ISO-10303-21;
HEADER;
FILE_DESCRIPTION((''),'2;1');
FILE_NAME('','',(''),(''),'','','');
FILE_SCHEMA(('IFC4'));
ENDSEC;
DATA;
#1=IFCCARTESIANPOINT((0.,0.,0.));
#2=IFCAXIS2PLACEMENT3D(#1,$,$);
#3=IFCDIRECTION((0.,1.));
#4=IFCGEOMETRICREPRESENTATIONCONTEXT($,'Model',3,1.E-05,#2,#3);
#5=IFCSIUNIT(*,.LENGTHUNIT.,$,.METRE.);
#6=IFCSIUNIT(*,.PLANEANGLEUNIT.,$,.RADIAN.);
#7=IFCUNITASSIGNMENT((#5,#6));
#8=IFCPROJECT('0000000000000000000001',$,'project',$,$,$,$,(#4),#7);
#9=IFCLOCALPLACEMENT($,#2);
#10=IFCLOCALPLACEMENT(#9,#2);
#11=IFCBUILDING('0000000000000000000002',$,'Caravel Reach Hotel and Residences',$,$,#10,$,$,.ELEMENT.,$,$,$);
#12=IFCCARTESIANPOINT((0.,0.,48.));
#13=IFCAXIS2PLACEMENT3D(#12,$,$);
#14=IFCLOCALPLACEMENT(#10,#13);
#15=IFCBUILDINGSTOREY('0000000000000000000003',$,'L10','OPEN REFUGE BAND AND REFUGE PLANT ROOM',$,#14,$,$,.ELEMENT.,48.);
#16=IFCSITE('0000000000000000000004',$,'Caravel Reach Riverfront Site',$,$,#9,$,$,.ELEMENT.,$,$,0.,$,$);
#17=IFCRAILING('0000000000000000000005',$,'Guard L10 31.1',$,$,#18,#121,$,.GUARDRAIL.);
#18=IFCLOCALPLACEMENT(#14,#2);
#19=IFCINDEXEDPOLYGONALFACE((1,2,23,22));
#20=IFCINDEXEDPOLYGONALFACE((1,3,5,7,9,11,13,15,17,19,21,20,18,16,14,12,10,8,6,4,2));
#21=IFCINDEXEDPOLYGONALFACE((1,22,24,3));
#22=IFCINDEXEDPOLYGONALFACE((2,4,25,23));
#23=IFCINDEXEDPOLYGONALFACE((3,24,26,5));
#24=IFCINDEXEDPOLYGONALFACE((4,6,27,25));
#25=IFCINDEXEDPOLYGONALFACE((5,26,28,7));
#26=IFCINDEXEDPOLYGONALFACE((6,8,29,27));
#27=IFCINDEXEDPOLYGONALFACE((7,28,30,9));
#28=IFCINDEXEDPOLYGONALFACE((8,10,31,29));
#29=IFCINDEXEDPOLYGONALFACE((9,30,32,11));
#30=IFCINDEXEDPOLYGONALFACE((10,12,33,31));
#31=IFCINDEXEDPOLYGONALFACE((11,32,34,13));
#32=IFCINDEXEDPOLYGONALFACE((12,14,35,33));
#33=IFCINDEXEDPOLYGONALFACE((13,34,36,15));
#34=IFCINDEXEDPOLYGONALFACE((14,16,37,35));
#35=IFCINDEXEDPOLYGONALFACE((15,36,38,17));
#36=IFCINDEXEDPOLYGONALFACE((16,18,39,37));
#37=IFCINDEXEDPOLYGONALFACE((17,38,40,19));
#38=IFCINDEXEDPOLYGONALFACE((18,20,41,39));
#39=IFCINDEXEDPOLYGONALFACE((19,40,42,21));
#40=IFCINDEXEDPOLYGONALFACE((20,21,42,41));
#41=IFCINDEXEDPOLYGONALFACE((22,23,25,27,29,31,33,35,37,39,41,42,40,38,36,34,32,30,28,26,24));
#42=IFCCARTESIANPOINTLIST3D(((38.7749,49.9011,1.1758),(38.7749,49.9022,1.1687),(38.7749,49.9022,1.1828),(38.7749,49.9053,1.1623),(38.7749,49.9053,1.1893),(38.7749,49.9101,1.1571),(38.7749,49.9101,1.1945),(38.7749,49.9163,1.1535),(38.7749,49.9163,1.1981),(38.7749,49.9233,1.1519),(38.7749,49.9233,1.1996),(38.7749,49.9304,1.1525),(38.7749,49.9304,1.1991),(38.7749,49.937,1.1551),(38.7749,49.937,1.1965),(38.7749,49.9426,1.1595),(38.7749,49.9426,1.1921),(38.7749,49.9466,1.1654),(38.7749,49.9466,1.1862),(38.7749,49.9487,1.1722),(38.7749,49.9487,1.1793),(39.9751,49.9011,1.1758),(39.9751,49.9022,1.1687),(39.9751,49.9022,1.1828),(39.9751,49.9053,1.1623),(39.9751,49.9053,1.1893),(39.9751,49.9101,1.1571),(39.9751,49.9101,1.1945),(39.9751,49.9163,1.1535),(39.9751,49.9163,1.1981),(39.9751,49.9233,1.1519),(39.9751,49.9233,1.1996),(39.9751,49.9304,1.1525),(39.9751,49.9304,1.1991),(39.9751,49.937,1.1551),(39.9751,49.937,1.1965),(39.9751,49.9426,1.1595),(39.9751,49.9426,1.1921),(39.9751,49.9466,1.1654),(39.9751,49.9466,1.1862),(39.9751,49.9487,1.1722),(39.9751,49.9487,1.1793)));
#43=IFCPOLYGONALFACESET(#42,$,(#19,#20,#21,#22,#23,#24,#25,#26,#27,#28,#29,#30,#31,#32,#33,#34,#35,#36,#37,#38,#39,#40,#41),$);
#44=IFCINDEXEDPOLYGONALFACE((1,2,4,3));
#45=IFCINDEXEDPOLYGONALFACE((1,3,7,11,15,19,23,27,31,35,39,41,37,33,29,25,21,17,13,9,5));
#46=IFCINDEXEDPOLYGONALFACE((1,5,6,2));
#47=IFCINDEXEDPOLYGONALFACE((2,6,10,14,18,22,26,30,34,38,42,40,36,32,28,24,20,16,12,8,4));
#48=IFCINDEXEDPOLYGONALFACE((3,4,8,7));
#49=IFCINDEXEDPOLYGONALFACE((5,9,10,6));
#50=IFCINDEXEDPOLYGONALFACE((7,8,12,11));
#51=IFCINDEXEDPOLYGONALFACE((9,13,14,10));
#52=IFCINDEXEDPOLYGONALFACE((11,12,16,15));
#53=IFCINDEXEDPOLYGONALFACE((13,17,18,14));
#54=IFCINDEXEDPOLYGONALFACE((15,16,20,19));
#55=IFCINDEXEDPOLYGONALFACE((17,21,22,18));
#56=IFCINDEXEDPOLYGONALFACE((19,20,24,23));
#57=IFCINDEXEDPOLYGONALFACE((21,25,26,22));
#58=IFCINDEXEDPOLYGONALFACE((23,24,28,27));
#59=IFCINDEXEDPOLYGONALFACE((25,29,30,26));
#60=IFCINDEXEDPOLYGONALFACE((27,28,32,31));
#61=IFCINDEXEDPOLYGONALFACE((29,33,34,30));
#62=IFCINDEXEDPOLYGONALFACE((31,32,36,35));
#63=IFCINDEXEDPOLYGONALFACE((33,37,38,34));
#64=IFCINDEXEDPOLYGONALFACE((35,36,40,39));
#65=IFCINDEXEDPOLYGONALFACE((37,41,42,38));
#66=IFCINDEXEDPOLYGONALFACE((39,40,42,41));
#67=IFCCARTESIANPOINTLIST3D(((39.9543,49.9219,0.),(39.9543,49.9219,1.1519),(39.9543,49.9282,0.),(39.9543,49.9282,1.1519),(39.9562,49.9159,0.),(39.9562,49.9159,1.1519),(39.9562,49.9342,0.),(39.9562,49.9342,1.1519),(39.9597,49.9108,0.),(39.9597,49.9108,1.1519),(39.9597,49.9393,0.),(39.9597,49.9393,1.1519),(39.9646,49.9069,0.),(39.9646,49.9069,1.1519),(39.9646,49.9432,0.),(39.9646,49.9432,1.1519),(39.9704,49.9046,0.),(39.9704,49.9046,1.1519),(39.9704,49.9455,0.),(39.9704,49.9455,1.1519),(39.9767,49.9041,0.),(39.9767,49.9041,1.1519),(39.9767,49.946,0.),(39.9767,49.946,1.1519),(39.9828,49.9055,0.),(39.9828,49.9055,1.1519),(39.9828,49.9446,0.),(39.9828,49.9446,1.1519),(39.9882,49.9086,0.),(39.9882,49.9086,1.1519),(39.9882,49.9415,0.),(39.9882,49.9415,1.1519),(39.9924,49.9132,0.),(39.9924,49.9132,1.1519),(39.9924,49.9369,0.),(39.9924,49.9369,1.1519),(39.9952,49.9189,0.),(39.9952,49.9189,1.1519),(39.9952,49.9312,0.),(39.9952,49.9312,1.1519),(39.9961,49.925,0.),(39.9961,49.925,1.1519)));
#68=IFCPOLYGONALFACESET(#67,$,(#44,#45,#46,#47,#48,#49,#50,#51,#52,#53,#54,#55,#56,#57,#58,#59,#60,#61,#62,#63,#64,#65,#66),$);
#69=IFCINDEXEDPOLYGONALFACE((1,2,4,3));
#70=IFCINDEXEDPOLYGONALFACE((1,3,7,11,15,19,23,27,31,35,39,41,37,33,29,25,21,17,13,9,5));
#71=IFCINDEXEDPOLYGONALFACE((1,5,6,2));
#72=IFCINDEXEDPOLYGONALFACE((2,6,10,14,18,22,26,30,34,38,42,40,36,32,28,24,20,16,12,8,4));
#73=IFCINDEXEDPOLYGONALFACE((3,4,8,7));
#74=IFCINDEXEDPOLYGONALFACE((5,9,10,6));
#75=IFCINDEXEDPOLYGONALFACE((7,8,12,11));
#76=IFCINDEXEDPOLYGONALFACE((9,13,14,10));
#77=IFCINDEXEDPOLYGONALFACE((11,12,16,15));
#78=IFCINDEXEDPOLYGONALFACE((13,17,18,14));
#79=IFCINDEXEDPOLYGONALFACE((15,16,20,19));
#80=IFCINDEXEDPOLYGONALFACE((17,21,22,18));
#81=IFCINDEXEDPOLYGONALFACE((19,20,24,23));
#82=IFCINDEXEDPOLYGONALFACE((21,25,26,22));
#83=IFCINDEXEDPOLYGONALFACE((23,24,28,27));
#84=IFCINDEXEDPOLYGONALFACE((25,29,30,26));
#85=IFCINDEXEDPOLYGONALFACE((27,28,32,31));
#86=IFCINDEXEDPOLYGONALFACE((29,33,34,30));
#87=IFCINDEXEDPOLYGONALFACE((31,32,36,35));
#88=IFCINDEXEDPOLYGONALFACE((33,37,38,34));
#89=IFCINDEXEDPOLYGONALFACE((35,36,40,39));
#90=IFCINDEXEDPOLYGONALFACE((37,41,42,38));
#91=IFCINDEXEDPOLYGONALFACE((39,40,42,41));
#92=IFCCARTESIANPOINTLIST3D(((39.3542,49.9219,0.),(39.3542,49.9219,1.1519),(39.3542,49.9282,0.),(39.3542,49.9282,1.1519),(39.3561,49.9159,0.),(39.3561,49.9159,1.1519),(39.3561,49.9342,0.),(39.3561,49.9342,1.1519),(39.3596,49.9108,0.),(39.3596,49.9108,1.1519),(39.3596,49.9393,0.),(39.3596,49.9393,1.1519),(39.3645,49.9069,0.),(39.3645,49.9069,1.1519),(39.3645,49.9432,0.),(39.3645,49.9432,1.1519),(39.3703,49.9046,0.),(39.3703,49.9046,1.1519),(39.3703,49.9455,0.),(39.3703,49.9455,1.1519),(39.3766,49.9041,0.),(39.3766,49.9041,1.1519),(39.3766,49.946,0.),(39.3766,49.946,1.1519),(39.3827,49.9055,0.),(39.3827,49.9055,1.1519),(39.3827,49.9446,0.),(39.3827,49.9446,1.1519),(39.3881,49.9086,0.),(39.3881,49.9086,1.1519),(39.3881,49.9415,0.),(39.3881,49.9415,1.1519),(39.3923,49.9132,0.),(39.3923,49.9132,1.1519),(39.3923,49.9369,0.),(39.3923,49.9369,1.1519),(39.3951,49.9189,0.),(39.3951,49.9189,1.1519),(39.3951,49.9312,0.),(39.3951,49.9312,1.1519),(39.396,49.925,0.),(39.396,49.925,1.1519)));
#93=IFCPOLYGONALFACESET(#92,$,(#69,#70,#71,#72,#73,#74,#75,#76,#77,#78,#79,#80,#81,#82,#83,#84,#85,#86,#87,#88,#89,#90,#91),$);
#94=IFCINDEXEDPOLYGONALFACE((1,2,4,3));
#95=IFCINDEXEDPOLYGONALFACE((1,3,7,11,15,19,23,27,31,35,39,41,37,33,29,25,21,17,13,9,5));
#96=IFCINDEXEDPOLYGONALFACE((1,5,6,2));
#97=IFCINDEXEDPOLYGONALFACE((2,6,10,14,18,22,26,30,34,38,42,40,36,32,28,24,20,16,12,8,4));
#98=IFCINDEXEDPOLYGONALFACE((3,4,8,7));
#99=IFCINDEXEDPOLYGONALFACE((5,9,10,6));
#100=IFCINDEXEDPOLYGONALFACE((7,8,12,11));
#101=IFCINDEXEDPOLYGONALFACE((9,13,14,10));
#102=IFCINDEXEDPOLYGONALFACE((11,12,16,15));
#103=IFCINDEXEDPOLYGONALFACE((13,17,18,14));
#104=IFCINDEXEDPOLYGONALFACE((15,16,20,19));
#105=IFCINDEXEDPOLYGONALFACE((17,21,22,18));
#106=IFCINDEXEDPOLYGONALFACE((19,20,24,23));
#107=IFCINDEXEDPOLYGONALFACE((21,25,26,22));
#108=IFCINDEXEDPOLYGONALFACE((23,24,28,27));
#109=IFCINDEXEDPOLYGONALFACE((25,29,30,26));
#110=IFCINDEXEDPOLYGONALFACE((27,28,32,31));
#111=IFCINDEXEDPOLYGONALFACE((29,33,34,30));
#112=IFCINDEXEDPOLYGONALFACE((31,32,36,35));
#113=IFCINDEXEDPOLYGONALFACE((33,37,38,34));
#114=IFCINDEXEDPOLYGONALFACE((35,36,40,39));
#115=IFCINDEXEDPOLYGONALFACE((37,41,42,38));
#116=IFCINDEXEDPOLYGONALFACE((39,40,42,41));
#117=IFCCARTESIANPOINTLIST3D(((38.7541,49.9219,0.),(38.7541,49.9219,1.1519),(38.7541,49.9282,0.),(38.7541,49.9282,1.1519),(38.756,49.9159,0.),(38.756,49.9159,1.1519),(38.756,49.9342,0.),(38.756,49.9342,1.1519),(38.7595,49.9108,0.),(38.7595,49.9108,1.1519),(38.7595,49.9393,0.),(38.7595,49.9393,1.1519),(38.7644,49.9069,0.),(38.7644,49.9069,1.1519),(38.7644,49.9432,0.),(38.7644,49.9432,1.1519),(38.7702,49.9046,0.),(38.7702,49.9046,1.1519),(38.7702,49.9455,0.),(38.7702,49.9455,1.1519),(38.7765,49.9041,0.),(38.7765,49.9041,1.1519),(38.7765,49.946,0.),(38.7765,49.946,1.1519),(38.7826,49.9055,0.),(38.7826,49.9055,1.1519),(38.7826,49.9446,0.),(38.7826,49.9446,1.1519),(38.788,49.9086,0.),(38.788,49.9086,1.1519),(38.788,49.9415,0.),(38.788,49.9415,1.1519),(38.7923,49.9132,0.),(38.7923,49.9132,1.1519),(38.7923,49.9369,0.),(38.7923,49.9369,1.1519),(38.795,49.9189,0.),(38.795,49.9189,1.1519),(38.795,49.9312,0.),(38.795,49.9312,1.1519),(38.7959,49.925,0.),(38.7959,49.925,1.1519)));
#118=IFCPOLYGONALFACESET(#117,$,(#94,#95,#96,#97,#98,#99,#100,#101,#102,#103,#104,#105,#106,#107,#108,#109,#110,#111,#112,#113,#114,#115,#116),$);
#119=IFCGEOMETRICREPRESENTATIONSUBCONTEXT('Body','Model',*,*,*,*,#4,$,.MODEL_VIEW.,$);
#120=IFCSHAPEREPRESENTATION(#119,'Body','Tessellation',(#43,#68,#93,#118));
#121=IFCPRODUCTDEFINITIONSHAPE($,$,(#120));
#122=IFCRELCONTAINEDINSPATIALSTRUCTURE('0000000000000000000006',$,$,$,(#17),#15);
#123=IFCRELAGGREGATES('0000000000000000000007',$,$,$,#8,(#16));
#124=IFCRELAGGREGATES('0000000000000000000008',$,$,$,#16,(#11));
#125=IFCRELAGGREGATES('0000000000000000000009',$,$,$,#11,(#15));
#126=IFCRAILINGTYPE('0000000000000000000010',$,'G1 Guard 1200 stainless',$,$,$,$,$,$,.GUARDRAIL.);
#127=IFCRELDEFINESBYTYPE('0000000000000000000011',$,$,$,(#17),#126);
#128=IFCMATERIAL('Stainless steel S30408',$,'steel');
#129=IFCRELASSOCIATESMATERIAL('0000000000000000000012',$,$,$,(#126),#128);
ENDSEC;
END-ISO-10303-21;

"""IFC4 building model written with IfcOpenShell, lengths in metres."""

from ifc_helpers import new_model, si_unit, direction, frame, origin, origin_2d, place, context, subcontext, project, spatial, circle, extrude, material, type_object, element, save


model = new_model("IFC4")

# Units and contexts
model_context = context("Model", 3, precision=1e-05, world=origin(), true_north=direction((0.0, 1.0)))
body_context = subcontext(model_context, "Body", "Model", "MODEL_VIEW")
ifc_project = project(units=[si_unit("LENGTHUNIT", "METRE"), si_unit("PLANEANGLEUNIT", "RADIAN")], contexts=[model_context])

# Site, building, storey
site_placement = place(None, origin())
site = spatial("IfcSite", under=ifc_project, at=site_placement, Name="Caravel Reach Riverfront Site", CompositionType="ELEMENT", RefElevation=0.0)
building_placement = place(site_placement, origin())
building = spatial("IfcBuilding", under=site, at=building_placement, Name="Caravel Reach Hotel and Residences", CompositionType="ELEMENT")
storey_placement = place(building_placement, frame((0.0, 0.0, 48.0)))
storey = spatial("IfcBuildingStorey", under=building, at=storey_placement, Name="L10", Description="OPEN REFUGE BAND AND REFUGE PLANT ROOM", CompositionType="ELEMENT", Elevation=48.0)

# Railing
ifc_material_1 = material(Name="Stainless steel S30408", Category="steel")
railing_type = type_object("IfcRailingType", Name="G1 Guard 1200 stainless", PredefinedType="GUARDRAIL", material=ifc_material_1)
railing_1_placement = place(storey_placement, frame((39.9751, 49.925, 0.0)))
element("IfcRailing", 1, at=railing_1_placement, inside=storey, type_object=railing_type, Name="Guard L10 31.1", PredefinedType="GUARDRAIL", context=body_context, shape_type="SweptSolid", body=[
    extrude(circle(Radius=0.0239, at=origin_2d()), frame((0.0, 0.0, 1.1758), z_axis=(-1.0, 0.0, 0.0), x_axis=(0.0, -1.0, 0.0)), (0.0, 0.0, 1.0), 1.2002),
    extrude(circle(Radius=0.021, at=origin_2d()), origin(), (0.0, 0.0, 1.0), 1.1519),
    extrude(circle(Radius=0.021, at=origin_2d()), frame((-0.6001, 0.0, 0.0)), (0.0, 0.0, 1.0), 1.1519),
    extrude(circle(Radius=0.021, at=origin_2d()), frame((-1.2002, 0.0, 0.0)), (0.0, 0.0, 1.0), 1.1519),
])

save(model, "model.ifc")
